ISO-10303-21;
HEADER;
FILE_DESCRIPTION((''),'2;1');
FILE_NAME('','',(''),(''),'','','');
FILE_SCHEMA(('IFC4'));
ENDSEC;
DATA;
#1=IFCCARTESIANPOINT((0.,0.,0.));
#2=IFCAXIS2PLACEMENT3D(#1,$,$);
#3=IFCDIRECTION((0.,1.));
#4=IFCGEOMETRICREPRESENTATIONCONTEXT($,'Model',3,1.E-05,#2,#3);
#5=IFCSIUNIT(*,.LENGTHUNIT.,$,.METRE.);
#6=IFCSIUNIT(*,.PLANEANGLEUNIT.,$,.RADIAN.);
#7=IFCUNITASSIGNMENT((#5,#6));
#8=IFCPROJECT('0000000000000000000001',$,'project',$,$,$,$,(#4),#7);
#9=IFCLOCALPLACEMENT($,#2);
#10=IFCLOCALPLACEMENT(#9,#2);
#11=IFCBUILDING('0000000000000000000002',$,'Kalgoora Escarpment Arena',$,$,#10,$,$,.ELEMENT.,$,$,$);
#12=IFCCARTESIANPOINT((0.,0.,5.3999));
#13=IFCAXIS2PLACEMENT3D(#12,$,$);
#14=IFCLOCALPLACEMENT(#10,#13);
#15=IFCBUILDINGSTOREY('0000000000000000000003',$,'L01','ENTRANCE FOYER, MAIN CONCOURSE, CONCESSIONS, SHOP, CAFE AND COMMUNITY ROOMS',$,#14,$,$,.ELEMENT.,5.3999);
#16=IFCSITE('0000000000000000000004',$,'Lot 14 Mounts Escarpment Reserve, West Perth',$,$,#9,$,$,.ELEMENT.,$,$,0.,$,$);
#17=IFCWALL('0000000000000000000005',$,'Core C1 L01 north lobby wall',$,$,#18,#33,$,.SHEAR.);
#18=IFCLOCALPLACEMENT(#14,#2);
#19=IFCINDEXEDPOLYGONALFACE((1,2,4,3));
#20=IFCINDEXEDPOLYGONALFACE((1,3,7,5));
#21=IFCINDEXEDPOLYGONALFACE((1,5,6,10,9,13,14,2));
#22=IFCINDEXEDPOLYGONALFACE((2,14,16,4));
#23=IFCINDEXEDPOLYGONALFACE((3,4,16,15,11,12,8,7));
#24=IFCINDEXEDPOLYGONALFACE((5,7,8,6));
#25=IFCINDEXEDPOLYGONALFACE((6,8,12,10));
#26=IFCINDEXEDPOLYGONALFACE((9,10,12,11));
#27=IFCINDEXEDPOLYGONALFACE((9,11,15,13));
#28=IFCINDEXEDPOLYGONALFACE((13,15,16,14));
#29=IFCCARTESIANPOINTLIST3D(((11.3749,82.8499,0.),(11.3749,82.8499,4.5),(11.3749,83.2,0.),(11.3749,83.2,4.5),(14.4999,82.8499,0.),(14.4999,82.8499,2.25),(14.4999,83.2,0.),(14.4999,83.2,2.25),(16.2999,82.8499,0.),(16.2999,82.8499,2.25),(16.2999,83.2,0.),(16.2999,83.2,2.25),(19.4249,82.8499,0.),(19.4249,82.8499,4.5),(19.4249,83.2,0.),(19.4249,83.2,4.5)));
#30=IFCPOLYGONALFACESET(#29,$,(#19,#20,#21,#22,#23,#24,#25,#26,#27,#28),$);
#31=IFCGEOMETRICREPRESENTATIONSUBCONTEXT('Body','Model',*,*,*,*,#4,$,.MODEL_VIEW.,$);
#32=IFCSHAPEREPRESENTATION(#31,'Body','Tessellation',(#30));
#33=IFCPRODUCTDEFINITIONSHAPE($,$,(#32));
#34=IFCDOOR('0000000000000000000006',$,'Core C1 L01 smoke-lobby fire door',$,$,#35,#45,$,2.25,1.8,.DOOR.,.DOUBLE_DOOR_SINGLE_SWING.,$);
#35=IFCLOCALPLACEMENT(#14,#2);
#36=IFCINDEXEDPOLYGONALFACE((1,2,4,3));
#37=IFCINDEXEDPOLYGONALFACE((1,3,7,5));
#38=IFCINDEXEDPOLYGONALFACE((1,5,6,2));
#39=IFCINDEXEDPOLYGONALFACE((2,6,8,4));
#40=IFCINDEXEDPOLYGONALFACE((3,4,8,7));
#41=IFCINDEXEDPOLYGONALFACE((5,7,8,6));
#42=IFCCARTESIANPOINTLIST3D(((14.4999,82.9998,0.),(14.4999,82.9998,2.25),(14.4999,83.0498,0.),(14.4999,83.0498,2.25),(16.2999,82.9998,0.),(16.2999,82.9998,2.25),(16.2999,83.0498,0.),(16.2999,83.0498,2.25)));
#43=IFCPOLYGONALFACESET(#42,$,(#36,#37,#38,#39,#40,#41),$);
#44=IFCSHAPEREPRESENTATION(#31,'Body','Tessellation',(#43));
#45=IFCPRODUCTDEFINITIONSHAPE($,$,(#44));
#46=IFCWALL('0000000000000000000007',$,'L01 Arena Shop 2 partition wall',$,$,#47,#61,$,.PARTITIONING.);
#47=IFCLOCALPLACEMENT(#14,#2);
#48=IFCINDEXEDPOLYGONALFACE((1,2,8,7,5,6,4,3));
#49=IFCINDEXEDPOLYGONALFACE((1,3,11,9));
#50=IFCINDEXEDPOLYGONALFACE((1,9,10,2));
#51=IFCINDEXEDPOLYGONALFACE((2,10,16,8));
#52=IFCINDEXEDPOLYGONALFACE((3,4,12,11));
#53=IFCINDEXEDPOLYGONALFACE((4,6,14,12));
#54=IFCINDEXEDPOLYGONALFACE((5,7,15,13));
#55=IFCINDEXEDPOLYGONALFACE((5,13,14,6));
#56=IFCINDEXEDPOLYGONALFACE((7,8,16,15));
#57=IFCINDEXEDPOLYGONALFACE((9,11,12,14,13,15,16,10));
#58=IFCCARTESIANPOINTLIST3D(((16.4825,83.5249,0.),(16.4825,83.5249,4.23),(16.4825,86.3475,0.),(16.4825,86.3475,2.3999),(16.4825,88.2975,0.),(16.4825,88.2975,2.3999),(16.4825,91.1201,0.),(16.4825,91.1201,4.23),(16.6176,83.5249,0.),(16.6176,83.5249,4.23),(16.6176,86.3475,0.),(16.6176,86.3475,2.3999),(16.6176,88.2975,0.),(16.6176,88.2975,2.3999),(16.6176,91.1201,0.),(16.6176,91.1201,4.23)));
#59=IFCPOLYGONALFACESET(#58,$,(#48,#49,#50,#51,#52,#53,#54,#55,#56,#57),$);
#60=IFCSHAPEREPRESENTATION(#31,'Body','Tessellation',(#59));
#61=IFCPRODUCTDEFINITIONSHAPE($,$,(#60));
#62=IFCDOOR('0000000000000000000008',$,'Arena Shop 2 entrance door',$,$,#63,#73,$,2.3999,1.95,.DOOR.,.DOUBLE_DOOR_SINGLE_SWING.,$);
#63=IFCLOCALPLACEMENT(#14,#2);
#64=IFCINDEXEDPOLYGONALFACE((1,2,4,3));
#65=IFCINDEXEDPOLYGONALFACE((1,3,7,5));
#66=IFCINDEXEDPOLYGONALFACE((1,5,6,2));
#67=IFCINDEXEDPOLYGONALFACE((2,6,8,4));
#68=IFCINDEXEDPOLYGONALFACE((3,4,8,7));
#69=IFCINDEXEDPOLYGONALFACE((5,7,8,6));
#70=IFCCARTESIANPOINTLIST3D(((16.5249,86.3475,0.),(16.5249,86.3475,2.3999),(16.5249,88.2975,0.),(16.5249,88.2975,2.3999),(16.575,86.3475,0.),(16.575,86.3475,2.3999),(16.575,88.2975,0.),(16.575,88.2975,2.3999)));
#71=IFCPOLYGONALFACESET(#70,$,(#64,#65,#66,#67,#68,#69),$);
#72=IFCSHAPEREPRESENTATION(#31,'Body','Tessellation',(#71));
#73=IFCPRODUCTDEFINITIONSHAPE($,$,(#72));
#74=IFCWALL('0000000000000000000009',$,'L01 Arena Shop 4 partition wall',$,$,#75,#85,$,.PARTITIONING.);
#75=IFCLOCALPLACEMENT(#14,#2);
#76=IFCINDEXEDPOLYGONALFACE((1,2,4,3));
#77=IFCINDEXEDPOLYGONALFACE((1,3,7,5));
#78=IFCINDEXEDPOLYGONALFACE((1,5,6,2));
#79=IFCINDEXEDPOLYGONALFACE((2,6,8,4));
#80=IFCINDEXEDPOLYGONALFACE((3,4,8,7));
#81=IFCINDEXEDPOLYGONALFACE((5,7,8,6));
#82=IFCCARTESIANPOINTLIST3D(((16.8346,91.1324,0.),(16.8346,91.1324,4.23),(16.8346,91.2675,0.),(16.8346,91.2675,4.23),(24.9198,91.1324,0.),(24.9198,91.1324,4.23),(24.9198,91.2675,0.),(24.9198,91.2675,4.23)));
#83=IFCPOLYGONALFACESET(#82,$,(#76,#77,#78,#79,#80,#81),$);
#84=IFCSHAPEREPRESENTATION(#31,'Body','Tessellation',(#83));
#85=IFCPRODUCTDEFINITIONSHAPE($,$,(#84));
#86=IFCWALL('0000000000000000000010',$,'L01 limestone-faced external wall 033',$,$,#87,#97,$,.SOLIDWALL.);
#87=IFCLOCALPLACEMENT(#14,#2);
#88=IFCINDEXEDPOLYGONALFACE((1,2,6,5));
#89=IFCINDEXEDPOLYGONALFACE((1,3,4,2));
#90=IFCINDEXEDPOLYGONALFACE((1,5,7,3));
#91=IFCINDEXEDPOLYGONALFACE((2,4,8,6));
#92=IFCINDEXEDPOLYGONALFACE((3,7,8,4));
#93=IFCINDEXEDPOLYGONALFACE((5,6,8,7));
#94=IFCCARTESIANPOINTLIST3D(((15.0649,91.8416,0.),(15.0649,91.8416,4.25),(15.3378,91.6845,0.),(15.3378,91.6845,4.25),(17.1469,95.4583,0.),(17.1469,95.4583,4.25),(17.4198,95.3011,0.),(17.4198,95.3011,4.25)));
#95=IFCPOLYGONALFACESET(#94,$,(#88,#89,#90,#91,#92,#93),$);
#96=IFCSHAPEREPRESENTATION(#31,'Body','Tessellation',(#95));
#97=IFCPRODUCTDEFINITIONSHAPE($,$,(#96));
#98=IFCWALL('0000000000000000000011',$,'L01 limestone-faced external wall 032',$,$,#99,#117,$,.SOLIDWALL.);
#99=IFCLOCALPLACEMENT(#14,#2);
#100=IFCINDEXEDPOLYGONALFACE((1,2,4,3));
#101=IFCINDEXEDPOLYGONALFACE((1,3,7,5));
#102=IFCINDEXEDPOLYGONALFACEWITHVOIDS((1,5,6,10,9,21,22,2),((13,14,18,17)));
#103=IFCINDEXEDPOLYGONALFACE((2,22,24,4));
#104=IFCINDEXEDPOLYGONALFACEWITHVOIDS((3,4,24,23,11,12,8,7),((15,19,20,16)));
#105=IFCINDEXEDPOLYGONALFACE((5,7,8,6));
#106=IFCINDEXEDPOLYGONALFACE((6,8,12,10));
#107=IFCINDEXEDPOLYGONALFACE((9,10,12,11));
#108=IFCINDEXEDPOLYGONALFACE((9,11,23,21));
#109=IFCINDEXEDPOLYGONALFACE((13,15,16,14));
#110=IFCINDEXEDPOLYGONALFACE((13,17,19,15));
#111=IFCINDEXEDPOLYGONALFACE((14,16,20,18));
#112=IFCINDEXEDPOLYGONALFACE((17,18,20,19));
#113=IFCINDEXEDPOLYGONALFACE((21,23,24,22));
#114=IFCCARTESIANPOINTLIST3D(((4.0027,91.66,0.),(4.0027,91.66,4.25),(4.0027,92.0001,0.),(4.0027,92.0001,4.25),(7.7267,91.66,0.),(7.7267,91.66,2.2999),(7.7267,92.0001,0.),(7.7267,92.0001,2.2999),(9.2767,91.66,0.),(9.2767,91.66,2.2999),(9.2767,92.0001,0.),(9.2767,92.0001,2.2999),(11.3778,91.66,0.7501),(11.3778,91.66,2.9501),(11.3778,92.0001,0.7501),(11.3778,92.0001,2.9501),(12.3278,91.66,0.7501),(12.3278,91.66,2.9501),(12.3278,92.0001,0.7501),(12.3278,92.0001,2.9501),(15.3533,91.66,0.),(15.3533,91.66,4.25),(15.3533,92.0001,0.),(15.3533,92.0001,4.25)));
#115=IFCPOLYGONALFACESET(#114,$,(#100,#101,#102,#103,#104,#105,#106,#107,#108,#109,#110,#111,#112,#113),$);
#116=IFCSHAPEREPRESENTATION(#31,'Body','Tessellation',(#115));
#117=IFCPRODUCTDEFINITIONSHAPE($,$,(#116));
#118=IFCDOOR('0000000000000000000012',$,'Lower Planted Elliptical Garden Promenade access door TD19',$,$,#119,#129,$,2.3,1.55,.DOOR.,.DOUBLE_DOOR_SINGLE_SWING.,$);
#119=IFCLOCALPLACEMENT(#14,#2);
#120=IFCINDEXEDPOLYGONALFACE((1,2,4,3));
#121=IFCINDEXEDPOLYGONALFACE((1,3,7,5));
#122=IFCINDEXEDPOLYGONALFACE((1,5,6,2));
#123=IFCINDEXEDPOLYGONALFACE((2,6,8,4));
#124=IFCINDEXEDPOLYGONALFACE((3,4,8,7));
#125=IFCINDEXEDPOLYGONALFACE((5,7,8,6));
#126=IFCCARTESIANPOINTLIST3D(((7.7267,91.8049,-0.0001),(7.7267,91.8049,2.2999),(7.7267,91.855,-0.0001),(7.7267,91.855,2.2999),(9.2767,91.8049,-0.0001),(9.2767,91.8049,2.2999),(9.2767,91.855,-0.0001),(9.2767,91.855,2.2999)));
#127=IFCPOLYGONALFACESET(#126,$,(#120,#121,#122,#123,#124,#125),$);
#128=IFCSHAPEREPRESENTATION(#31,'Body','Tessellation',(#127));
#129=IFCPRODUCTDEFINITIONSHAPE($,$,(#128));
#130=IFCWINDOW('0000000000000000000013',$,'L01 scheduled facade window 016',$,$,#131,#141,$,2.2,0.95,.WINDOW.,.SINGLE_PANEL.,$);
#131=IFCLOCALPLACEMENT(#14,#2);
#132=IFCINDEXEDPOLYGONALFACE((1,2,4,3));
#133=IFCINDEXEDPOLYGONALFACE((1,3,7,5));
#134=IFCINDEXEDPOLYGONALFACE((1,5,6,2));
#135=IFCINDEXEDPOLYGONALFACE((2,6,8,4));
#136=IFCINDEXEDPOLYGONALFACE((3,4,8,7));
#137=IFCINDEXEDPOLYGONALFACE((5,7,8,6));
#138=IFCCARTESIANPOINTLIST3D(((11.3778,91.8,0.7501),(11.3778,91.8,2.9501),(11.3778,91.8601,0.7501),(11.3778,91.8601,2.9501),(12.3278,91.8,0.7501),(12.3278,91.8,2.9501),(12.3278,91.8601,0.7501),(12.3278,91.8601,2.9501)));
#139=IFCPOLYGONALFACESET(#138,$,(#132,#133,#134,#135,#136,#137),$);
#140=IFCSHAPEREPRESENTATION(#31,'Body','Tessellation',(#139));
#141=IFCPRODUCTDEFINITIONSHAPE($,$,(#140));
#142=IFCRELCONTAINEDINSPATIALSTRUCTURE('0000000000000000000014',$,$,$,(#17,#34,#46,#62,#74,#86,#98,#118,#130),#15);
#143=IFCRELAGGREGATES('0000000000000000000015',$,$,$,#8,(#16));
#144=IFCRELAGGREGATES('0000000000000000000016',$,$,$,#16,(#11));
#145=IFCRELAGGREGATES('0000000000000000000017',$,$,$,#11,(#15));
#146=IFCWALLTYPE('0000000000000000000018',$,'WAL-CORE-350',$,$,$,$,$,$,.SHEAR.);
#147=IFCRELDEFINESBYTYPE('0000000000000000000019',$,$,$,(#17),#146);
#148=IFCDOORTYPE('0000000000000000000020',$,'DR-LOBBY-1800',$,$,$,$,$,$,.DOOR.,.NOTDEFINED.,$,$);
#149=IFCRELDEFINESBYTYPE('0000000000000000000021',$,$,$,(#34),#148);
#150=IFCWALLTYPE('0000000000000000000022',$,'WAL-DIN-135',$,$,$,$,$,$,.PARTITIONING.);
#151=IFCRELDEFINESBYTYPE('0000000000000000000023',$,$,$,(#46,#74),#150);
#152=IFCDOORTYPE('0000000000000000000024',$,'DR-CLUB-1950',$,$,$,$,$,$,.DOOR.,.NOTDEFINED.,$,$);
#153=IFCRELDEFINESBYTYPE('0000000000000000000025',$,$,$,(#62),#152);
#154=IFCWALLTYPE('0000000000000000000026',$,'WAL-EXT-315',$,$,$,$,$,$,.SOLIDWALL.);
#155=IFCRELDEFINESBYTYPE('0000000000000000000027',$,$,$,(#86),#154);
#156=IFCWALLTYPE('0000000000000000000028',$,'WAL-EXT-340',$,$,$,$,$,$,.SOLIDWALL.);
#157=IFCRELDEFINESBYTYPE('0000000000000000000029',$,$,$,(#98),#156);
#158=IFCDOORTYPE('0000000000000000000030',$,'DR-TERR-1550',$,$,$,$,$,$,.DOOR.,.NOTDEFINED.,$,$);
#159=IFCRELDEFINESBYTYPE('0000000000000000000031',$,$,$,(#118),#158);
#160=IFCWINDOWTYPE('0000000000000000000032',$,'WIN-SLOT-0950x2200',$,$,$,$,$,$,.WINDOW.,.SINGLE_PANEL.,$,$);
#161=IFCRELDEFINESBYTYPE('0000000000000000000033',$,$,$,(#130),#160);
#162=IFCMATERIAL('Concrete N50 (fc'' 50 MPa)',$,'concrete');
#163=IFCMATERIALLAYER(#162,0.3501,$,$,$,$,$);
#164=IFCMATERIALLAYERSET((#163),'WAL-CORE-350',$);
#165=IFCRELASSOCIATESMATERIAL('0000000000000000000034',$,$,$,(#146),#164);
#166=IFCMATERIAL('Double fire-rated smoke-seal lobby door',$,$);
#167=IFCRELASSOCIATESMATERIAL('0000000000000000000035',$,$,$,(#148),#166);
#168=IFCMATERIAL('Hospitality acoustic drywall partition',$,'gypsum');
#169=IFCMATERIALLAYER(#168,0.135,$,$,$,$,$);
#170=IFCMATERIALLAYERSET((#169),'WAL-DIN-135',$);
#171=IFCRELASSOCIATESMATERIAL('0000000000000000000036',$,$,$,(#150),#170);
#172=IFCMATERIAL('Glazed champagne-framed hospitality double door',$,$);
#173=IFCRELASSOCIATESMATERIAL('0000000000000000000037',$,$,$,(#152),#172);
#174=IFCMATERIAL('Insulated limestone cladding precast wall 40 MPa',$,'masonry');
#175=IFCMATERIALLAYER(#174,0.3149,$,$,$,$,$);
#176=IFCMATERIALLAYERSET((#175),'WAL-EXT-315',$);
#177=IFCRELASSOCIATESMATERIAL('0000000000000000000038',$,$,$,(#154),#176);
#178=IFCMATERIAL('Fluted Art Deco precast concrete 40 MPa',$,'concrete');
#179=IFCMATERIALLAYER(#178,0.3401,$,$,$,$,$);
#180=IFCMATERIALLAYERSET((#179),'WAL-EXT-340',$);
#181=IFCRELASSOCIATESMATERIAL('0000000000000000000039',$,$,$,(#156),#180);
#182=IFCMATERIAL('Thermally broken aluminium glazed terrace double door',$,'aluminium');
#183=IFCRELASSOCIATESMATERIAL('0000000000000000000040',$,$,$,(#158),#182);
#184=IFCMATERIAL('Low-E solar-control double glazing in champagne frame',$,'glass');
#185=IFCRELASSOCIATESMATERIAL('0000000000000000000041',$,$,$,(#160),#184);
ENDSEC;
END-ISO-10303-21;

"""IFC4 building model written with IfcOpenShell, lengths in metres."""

from ifc_helpers import new_model, si_unit, direction, frame, frame_2d, origin, place, context, subcontext, project, spatial, rectangle, extrude, material, layer, layer_set, type_object, element, fill, save


model = new_model("IFC4")

# Units and contexts
model_context = context("Model", 3, precision=1e-05, world=origin(), true_north=direction((0.0, 1.0)))
body_context = subcontext(model_context, "Body", "Model", "MODEL_VIEW")
ifc_project = project(units=[si_unit("LENGTHUNIT", "METRE"), si_unit("PLANEANGLEUNIT", "RADIAN")], contexts=[model_context])

# Site, building, storey
site_placement = place(None, origin())
site = spatial("IfcSite", under=ifc_project, at=site_placement, Name="Lot 14 Mounts Escarpment Reserve, West Perth", CompositionType="ELEMENT", RefElevation=0.0)
building_placement = place(site_placement, origin())
building = spatial("IfcBuilding", under=site, at=building_placement, Name="Kalgoora Escarpment Arena", CompositionType="ELEMENT")
storey_placement = place(building_placement, frame((0.0, 0.0, 5.3999)))
storey = spatial("IfcBuildingStorey", under=building, at=storey_placement, Name="L01", Description="ENTRANCE FOYER, MAIN CONCOURSE, CONCESSIONS, SHOP, CAFE AND COMMUNITY ROOMS", CompositionType="ELEMENT", Elevation=5.3999)

# Walls, openings, doors
ifc_material_1 = material(Name="Concrete N50 (fc' 50 MPa)", Category="concrete")
ifc_layer_1 = layer(ifc_material_1, 0.3501)
ifc_layer_set_1 = layer_set([ifc_layer_1], Name="WAL-CORE-350")
wall_type_1 = type_object("IfcWallType", Name="WAL-CORE-350", PredefinedType="SHEAR", material=ifc_layer_set_1)
wall_1_placement = place(storey_placement, frame((11.375, 83.0249, 0.0), z_axis=(0.0, 0.0, 1.0), x_axis=(1.0, 0.0, 0.0)))
wall_1 = element("IfcWall", 1, at=wall_1_placement, inside=storey, type_object=wall_type_1, Name="Core C1 L01 north lobby wall", PredefinedType="SHEAR", context=body_context, shape_type="SweptSolid", body=[
    extrude(rectangle(XDim=8.05, YDim=0.3501, at=frame_2d((4.0249, 0.0))), origin(), (0.0, 0.0, 1.0), 4.5),
])
opening_1_placement = place(wall_1_placement, frame((3.125, 0.0, 0.0)))
opening_1 = element("IfcOpeningElement", 2, at=opening_1_placement, cuts=wall_1, PredefinedType="OPENING", context=body_context, shape_type="SweptSolid", body=[
    extrude(rectangle(XDim=1.8, YDim=2.25, at=frame_2d((0.8999, 1.125))), frame((0.0, 0.1851, 0.0), z_axis=(0.0, -1.0, 0.0), x_axis=(1.0, 0.0, 0.0)), (0.0, 0.0, 1.0), 0.3701),
])
ifc_material_2 = material(Name="Double fire-rated smoke-seal lobby door")
door_type_1 = type_object("IfcDoorType", Name="DR-LOBBY-1800", OperationType="NOTDEFINED", PredefinedType="DOOR", material=ifc_material_2)
door_1_placement = place(opening_1_placement, origin())
door_1 = element("IfcDoor", 3, at=door_1_placement, inside=storey, type_object=door_type_1, Name="Core C1 L01 smoke-lobby fire door", OperationType="DOUBLE_DOOR_SINGLE_SWING", OverallHeight=2.25, OverallWidth=1.8, PredefinedType="DOOR", context=body_context, shape_type="SweptSolid", body=[
    extrude(rectangle(XDim=1.8, YDim=2.25, at=frame_2d((0.8999, 1.125))), frame((0.0, 0.0249, 0.0), z_axis=(0.0, -1.0, 0.0), x_axis=(1.0, 0.0, 0.0)), (0.0, 0.0, 1.0), 0.05),
])
fill(opening_1, door_1)
ifc_material_3 = material(Name="Hospitality acoustic drywall partition", Category="gypsum")
ifc_layer_2 = layer(ifc_material_3, 0.135)
ifc_layer_set_2 = layer_set([ifc_layer_2], Name="WAL-DIN-135")
wall_type_2 = type_object("IfcWallType", Name="WAL-DIN-135", PredefinedType="PARTITIONING", material=ifc_layer_set_2)
wall_2_placement = place(storey_placement, frame((16.55, 91.1201, 0.0), z_axis=(0.0, 0.0, 1.0), x_axis=(0.0, -1.0, 0.0)))
wall_2 = element("IfcWall", 4, at=wall_2_placement, inside=storey, type_object=wall_type_2, Name="L01 Arena Shop 2 partition wall", PredefinedType="PARTITIONING", context=body_context, shape_type="SweptSolid", body=[
    extrude(rectangle(XDim=7.5952, YDim=0.135, at=frame_2d((3.7976, 0.0))), origin(), (0.0, 0.0, 1.0), 4.23),
])
opening_2_placement = place(wall_2_placement, frame((2.8225, 0.0, 0.0)))
opening_2 = element("IfcOpeningElement", 5, at=opening_2_placement, cuts=wall_2, PredefinedType="OPENING", context=body_context, shape_type="SweptSolid", body=[
    extrude(rectangle(XDim=1.95, YDim=2.3999, at=frame_2d((0.9751, 1.2))), frame((0.0, 0.0774, 0.0), z_axis=(0.0, -1.0, 0.0), x_axis=(1.0, 0.0, 0.0)), (0.0, 0.0, 1.0), 0.155),
])
ifc_material_4 = material(Name="Glazed champagne-framed hospitality double door")
door_type_2 = type_object("IfcDoorType", Name="DR-CLUB-1950", OperationType="NOTDEFINED", PredefinedType="DOOR", material=ifc_material_4)
door_2_placement = place(opening_2_placement, origin())
door_2 = element("IfcDoor", 6, at=door_2_placement, inside=storey, type_object=door_type_2, Name="Arena Shop 2 entrance door", OperationType="DOUBLE_DOOR_SINGLE_SWING", OverallHeight=2.3999, OverallWidth=1.95, PredefinedType="DOOR", context=body_context, shape_type="SweptSolid", body=[
    extrude(rectangle(XDim=1.95, YDim=2.3999, at=frame_2d((0.9751, 1.2))), frame((0.0, 0.0249, 0.0), z_axis=(0.0, -1.0, 0.0), x_axis=(1.0, 0.0, 0.0)), (0.0, 0.0, 1.0), 0.05),
])
fill(opening_2, door_2)

# Walls
wall_3_placement = place(storey_placement, frame((16.8347, 91.2, 0.0), z_axis=(0.0, 0.0, 1.0), x_axis=(1.0, 0.0, 0.0)))
element("IfcWall", 7, at=wall_3_placement, inside=storey, type_object=wall_type_2, Name="L01 Arena Shop 4 partition wall", PredefinedType="PARTITIONING", context=body_context, shape_type="SweptSolid", body=[
    extrude(rectangle(XDim=8.0852, YDim=0.135, at=frame_2d((4.0425, 0.0))), origin(), (0.0, 0.0, 1.0), 4.23),
])
ifc_material_5 = material(Name="Insulated limestone cladding precast wall 40 MPa", Category="masonry")
ifc_layer_3 = layer(ifc_material_5, 0.3149)
ifc_layer_set_3 = layer_set([ifc_layer_3], Name="WAL-EXT-315")
wall_type_3 = type_object("IfcWallType", Name="WAL-EXT-315", PredefinedType="SOLIDWALL", material=ifc_layer_set_3)
wall_4_placement = place(storey_placement, frame((15.2014, 91.7632, 0.0), z_axis=(0.0, 0.0, 1.0), x_axis=(0.498909, 0.866655, 0.0)))
element("IfcWall", 8, at=wall_4_placement, inside=storey, type_object=wall_type_3, Name="L01 limestone-faced external wall 033", PredefinedType="SOLIDWALL", context=body_context, shape_type="SweptSolid", body=[
    extrude(rectangle(XDim=4.1731, YDim=0.3149, at=frame_2d((2.0864, 0.0))), origin(), (0.0, 0.0, 1.0), 4.25),
])

# Wall, openings, door, window
ifc_material_6 = material(Name="Fluted Art Deco precast concrete 40 MPa", Category="concrete")
ifc_layer_4 = layer(ifc_material_6, 0.3401)
ifc_layer_set_4 = layer_set([ifc_layer_4], Name="WAL-EXT-340")
wall_type_4 = type_object("IfcWallType", Name="WAL-EXT-340", PredefinedType="SOLIDWALL", material=ifc_layer_set_4)
wall_5_placement = place(storey_placement, frame((4.0027, 91.8301, 0.0), z_axis=(0.0, 0.0, 1.0), x_axis=(1.0, 0.0, 0.0)))
wall_5 = element("IfcWall", 9, at=wall_5_placement, inside=storey, type_object=wall_type_4, Name="L01 limestone-faced external wall 032", PredefinedType="SOLIDWALL", context=body_context, shape_type="SweptSolid", body=[
    extrude(rectangle(XDim=11.3506, YDim=0.3401, at=frame_2d((5.6753, 0.0))), origin(), (0.0, 0.0, 1.0), 4.25),
])
opening_3_placement = place(wall_5_placement, frame((3.7241, 0.0, 0.0)))
opening_3 = element("IfcOpeningElement", 10, at=opening_3_placement, cuts=wall_5, PredefinedType="OPENING", context=body_context, shape_type="SweptSolid", body=[
    extrude(rectangle(XDim=1.55, YDim=2.3, at=frame_2d((0.7749, 1.1499))), frame((0.0, 0.1799, 0.0), z_axis=(0.0, -1.0, 0.0), x_axis=(1.0, 0.0, 0.0)), (0.0, 0.0, 1.0), 0.3601),
])
opening_4_placement = place(wall_5_placement, frame((7.375, 0.0, 0.75)))
opening_4 = element("IfcOpeningElement", 11, at=opening_4_placement, cuts=wall_5, PredefinedType="OPENING", context=body_context, shape_type="SweptSolid", body=[
    extrude(rectangle(XDim=0.95, YDim=2.2, at=frame_2d((0.4751, 1.1001))), frame((0.0, 0.1799, 0.0), z_axis=(0.0, -1.0, 0.0), x_axis=(1.0, 0.0, 0.0)), (0.0, 0.0, 1.0), 0.3601),
])
ifc_material_7 = material(Name="Thermally broken aluminium glazed terrace double door", Category="aluminium")
door_type_3 = type_object("IfcDoorType", Name="DR-TERR-1550", OperationType="NOTDEFINED", PredefinedType="DOOR", material=ifc_material_7)
door_3_placement = place(opening_3_placement, origin())
door_3 = element("IfcDoor", 12, at=door_3_placement, inside=storey, type_object=door_type_3, Name="Lower Planted Elliptical Garden Promenade access door TD19", OperationType="DOUBLE_DOOR_SINGLE_SWING", OverallHeight=2.3, OverallWidth=1.55, PredefinedType="DOOR", context=body_context, shape_type="SweptSolid", body=[
    extrude(rectangle(XDim=1.55, YDim=2.3, at=frame_2d((0.7749, 1.1499))), frame((0.0, 0.0249, 0.0), z_axis=(0.0, -1.0, 0.0), x_axis=(1.0, 0.0, 0.0)), (0.0, 0.0, 1.0), 0.05),
])
fill(opening_3, door_3)
ifc_material_8 = material(Name="Low-E solar-control double glazing in champagne frame", Category="glass")
window_type_1 = type_object("IfcWindowType", Name="WIN-SLOT-0950x2200", PartitioningType="SINGLE_PANEL", PredefinedType="WINDOW", material=ifc_material_8)
window_1_placement = place(opening_4_placement, origin())
window_1 = element("IfcWindow", 13, at=window_1_placement, inside=storey, type_object=window_type_1, Name="L01 scheduled facade window 016", OverallHeight=2.2, OverallWidth=0.95, PartitioningType="SINGLE_PANEL", PredefinedType="WINDOW", context=body_context, shape_type="SweptSolid", body=[
    extrude(rectangle(XDim=0.95, YDim=2.2, at=frame_2d((0.4751, 1.1001))), frame((0.0, 0.03, 0.0), z_axis=(0.0, -1.0, 0.0), x_axis=(1.0, 0.0, 0.0)), (0.0, 0.0, 1.0), 0.0601),
])
fill(opening_4, window_1)

save(model, "model.ifc")
